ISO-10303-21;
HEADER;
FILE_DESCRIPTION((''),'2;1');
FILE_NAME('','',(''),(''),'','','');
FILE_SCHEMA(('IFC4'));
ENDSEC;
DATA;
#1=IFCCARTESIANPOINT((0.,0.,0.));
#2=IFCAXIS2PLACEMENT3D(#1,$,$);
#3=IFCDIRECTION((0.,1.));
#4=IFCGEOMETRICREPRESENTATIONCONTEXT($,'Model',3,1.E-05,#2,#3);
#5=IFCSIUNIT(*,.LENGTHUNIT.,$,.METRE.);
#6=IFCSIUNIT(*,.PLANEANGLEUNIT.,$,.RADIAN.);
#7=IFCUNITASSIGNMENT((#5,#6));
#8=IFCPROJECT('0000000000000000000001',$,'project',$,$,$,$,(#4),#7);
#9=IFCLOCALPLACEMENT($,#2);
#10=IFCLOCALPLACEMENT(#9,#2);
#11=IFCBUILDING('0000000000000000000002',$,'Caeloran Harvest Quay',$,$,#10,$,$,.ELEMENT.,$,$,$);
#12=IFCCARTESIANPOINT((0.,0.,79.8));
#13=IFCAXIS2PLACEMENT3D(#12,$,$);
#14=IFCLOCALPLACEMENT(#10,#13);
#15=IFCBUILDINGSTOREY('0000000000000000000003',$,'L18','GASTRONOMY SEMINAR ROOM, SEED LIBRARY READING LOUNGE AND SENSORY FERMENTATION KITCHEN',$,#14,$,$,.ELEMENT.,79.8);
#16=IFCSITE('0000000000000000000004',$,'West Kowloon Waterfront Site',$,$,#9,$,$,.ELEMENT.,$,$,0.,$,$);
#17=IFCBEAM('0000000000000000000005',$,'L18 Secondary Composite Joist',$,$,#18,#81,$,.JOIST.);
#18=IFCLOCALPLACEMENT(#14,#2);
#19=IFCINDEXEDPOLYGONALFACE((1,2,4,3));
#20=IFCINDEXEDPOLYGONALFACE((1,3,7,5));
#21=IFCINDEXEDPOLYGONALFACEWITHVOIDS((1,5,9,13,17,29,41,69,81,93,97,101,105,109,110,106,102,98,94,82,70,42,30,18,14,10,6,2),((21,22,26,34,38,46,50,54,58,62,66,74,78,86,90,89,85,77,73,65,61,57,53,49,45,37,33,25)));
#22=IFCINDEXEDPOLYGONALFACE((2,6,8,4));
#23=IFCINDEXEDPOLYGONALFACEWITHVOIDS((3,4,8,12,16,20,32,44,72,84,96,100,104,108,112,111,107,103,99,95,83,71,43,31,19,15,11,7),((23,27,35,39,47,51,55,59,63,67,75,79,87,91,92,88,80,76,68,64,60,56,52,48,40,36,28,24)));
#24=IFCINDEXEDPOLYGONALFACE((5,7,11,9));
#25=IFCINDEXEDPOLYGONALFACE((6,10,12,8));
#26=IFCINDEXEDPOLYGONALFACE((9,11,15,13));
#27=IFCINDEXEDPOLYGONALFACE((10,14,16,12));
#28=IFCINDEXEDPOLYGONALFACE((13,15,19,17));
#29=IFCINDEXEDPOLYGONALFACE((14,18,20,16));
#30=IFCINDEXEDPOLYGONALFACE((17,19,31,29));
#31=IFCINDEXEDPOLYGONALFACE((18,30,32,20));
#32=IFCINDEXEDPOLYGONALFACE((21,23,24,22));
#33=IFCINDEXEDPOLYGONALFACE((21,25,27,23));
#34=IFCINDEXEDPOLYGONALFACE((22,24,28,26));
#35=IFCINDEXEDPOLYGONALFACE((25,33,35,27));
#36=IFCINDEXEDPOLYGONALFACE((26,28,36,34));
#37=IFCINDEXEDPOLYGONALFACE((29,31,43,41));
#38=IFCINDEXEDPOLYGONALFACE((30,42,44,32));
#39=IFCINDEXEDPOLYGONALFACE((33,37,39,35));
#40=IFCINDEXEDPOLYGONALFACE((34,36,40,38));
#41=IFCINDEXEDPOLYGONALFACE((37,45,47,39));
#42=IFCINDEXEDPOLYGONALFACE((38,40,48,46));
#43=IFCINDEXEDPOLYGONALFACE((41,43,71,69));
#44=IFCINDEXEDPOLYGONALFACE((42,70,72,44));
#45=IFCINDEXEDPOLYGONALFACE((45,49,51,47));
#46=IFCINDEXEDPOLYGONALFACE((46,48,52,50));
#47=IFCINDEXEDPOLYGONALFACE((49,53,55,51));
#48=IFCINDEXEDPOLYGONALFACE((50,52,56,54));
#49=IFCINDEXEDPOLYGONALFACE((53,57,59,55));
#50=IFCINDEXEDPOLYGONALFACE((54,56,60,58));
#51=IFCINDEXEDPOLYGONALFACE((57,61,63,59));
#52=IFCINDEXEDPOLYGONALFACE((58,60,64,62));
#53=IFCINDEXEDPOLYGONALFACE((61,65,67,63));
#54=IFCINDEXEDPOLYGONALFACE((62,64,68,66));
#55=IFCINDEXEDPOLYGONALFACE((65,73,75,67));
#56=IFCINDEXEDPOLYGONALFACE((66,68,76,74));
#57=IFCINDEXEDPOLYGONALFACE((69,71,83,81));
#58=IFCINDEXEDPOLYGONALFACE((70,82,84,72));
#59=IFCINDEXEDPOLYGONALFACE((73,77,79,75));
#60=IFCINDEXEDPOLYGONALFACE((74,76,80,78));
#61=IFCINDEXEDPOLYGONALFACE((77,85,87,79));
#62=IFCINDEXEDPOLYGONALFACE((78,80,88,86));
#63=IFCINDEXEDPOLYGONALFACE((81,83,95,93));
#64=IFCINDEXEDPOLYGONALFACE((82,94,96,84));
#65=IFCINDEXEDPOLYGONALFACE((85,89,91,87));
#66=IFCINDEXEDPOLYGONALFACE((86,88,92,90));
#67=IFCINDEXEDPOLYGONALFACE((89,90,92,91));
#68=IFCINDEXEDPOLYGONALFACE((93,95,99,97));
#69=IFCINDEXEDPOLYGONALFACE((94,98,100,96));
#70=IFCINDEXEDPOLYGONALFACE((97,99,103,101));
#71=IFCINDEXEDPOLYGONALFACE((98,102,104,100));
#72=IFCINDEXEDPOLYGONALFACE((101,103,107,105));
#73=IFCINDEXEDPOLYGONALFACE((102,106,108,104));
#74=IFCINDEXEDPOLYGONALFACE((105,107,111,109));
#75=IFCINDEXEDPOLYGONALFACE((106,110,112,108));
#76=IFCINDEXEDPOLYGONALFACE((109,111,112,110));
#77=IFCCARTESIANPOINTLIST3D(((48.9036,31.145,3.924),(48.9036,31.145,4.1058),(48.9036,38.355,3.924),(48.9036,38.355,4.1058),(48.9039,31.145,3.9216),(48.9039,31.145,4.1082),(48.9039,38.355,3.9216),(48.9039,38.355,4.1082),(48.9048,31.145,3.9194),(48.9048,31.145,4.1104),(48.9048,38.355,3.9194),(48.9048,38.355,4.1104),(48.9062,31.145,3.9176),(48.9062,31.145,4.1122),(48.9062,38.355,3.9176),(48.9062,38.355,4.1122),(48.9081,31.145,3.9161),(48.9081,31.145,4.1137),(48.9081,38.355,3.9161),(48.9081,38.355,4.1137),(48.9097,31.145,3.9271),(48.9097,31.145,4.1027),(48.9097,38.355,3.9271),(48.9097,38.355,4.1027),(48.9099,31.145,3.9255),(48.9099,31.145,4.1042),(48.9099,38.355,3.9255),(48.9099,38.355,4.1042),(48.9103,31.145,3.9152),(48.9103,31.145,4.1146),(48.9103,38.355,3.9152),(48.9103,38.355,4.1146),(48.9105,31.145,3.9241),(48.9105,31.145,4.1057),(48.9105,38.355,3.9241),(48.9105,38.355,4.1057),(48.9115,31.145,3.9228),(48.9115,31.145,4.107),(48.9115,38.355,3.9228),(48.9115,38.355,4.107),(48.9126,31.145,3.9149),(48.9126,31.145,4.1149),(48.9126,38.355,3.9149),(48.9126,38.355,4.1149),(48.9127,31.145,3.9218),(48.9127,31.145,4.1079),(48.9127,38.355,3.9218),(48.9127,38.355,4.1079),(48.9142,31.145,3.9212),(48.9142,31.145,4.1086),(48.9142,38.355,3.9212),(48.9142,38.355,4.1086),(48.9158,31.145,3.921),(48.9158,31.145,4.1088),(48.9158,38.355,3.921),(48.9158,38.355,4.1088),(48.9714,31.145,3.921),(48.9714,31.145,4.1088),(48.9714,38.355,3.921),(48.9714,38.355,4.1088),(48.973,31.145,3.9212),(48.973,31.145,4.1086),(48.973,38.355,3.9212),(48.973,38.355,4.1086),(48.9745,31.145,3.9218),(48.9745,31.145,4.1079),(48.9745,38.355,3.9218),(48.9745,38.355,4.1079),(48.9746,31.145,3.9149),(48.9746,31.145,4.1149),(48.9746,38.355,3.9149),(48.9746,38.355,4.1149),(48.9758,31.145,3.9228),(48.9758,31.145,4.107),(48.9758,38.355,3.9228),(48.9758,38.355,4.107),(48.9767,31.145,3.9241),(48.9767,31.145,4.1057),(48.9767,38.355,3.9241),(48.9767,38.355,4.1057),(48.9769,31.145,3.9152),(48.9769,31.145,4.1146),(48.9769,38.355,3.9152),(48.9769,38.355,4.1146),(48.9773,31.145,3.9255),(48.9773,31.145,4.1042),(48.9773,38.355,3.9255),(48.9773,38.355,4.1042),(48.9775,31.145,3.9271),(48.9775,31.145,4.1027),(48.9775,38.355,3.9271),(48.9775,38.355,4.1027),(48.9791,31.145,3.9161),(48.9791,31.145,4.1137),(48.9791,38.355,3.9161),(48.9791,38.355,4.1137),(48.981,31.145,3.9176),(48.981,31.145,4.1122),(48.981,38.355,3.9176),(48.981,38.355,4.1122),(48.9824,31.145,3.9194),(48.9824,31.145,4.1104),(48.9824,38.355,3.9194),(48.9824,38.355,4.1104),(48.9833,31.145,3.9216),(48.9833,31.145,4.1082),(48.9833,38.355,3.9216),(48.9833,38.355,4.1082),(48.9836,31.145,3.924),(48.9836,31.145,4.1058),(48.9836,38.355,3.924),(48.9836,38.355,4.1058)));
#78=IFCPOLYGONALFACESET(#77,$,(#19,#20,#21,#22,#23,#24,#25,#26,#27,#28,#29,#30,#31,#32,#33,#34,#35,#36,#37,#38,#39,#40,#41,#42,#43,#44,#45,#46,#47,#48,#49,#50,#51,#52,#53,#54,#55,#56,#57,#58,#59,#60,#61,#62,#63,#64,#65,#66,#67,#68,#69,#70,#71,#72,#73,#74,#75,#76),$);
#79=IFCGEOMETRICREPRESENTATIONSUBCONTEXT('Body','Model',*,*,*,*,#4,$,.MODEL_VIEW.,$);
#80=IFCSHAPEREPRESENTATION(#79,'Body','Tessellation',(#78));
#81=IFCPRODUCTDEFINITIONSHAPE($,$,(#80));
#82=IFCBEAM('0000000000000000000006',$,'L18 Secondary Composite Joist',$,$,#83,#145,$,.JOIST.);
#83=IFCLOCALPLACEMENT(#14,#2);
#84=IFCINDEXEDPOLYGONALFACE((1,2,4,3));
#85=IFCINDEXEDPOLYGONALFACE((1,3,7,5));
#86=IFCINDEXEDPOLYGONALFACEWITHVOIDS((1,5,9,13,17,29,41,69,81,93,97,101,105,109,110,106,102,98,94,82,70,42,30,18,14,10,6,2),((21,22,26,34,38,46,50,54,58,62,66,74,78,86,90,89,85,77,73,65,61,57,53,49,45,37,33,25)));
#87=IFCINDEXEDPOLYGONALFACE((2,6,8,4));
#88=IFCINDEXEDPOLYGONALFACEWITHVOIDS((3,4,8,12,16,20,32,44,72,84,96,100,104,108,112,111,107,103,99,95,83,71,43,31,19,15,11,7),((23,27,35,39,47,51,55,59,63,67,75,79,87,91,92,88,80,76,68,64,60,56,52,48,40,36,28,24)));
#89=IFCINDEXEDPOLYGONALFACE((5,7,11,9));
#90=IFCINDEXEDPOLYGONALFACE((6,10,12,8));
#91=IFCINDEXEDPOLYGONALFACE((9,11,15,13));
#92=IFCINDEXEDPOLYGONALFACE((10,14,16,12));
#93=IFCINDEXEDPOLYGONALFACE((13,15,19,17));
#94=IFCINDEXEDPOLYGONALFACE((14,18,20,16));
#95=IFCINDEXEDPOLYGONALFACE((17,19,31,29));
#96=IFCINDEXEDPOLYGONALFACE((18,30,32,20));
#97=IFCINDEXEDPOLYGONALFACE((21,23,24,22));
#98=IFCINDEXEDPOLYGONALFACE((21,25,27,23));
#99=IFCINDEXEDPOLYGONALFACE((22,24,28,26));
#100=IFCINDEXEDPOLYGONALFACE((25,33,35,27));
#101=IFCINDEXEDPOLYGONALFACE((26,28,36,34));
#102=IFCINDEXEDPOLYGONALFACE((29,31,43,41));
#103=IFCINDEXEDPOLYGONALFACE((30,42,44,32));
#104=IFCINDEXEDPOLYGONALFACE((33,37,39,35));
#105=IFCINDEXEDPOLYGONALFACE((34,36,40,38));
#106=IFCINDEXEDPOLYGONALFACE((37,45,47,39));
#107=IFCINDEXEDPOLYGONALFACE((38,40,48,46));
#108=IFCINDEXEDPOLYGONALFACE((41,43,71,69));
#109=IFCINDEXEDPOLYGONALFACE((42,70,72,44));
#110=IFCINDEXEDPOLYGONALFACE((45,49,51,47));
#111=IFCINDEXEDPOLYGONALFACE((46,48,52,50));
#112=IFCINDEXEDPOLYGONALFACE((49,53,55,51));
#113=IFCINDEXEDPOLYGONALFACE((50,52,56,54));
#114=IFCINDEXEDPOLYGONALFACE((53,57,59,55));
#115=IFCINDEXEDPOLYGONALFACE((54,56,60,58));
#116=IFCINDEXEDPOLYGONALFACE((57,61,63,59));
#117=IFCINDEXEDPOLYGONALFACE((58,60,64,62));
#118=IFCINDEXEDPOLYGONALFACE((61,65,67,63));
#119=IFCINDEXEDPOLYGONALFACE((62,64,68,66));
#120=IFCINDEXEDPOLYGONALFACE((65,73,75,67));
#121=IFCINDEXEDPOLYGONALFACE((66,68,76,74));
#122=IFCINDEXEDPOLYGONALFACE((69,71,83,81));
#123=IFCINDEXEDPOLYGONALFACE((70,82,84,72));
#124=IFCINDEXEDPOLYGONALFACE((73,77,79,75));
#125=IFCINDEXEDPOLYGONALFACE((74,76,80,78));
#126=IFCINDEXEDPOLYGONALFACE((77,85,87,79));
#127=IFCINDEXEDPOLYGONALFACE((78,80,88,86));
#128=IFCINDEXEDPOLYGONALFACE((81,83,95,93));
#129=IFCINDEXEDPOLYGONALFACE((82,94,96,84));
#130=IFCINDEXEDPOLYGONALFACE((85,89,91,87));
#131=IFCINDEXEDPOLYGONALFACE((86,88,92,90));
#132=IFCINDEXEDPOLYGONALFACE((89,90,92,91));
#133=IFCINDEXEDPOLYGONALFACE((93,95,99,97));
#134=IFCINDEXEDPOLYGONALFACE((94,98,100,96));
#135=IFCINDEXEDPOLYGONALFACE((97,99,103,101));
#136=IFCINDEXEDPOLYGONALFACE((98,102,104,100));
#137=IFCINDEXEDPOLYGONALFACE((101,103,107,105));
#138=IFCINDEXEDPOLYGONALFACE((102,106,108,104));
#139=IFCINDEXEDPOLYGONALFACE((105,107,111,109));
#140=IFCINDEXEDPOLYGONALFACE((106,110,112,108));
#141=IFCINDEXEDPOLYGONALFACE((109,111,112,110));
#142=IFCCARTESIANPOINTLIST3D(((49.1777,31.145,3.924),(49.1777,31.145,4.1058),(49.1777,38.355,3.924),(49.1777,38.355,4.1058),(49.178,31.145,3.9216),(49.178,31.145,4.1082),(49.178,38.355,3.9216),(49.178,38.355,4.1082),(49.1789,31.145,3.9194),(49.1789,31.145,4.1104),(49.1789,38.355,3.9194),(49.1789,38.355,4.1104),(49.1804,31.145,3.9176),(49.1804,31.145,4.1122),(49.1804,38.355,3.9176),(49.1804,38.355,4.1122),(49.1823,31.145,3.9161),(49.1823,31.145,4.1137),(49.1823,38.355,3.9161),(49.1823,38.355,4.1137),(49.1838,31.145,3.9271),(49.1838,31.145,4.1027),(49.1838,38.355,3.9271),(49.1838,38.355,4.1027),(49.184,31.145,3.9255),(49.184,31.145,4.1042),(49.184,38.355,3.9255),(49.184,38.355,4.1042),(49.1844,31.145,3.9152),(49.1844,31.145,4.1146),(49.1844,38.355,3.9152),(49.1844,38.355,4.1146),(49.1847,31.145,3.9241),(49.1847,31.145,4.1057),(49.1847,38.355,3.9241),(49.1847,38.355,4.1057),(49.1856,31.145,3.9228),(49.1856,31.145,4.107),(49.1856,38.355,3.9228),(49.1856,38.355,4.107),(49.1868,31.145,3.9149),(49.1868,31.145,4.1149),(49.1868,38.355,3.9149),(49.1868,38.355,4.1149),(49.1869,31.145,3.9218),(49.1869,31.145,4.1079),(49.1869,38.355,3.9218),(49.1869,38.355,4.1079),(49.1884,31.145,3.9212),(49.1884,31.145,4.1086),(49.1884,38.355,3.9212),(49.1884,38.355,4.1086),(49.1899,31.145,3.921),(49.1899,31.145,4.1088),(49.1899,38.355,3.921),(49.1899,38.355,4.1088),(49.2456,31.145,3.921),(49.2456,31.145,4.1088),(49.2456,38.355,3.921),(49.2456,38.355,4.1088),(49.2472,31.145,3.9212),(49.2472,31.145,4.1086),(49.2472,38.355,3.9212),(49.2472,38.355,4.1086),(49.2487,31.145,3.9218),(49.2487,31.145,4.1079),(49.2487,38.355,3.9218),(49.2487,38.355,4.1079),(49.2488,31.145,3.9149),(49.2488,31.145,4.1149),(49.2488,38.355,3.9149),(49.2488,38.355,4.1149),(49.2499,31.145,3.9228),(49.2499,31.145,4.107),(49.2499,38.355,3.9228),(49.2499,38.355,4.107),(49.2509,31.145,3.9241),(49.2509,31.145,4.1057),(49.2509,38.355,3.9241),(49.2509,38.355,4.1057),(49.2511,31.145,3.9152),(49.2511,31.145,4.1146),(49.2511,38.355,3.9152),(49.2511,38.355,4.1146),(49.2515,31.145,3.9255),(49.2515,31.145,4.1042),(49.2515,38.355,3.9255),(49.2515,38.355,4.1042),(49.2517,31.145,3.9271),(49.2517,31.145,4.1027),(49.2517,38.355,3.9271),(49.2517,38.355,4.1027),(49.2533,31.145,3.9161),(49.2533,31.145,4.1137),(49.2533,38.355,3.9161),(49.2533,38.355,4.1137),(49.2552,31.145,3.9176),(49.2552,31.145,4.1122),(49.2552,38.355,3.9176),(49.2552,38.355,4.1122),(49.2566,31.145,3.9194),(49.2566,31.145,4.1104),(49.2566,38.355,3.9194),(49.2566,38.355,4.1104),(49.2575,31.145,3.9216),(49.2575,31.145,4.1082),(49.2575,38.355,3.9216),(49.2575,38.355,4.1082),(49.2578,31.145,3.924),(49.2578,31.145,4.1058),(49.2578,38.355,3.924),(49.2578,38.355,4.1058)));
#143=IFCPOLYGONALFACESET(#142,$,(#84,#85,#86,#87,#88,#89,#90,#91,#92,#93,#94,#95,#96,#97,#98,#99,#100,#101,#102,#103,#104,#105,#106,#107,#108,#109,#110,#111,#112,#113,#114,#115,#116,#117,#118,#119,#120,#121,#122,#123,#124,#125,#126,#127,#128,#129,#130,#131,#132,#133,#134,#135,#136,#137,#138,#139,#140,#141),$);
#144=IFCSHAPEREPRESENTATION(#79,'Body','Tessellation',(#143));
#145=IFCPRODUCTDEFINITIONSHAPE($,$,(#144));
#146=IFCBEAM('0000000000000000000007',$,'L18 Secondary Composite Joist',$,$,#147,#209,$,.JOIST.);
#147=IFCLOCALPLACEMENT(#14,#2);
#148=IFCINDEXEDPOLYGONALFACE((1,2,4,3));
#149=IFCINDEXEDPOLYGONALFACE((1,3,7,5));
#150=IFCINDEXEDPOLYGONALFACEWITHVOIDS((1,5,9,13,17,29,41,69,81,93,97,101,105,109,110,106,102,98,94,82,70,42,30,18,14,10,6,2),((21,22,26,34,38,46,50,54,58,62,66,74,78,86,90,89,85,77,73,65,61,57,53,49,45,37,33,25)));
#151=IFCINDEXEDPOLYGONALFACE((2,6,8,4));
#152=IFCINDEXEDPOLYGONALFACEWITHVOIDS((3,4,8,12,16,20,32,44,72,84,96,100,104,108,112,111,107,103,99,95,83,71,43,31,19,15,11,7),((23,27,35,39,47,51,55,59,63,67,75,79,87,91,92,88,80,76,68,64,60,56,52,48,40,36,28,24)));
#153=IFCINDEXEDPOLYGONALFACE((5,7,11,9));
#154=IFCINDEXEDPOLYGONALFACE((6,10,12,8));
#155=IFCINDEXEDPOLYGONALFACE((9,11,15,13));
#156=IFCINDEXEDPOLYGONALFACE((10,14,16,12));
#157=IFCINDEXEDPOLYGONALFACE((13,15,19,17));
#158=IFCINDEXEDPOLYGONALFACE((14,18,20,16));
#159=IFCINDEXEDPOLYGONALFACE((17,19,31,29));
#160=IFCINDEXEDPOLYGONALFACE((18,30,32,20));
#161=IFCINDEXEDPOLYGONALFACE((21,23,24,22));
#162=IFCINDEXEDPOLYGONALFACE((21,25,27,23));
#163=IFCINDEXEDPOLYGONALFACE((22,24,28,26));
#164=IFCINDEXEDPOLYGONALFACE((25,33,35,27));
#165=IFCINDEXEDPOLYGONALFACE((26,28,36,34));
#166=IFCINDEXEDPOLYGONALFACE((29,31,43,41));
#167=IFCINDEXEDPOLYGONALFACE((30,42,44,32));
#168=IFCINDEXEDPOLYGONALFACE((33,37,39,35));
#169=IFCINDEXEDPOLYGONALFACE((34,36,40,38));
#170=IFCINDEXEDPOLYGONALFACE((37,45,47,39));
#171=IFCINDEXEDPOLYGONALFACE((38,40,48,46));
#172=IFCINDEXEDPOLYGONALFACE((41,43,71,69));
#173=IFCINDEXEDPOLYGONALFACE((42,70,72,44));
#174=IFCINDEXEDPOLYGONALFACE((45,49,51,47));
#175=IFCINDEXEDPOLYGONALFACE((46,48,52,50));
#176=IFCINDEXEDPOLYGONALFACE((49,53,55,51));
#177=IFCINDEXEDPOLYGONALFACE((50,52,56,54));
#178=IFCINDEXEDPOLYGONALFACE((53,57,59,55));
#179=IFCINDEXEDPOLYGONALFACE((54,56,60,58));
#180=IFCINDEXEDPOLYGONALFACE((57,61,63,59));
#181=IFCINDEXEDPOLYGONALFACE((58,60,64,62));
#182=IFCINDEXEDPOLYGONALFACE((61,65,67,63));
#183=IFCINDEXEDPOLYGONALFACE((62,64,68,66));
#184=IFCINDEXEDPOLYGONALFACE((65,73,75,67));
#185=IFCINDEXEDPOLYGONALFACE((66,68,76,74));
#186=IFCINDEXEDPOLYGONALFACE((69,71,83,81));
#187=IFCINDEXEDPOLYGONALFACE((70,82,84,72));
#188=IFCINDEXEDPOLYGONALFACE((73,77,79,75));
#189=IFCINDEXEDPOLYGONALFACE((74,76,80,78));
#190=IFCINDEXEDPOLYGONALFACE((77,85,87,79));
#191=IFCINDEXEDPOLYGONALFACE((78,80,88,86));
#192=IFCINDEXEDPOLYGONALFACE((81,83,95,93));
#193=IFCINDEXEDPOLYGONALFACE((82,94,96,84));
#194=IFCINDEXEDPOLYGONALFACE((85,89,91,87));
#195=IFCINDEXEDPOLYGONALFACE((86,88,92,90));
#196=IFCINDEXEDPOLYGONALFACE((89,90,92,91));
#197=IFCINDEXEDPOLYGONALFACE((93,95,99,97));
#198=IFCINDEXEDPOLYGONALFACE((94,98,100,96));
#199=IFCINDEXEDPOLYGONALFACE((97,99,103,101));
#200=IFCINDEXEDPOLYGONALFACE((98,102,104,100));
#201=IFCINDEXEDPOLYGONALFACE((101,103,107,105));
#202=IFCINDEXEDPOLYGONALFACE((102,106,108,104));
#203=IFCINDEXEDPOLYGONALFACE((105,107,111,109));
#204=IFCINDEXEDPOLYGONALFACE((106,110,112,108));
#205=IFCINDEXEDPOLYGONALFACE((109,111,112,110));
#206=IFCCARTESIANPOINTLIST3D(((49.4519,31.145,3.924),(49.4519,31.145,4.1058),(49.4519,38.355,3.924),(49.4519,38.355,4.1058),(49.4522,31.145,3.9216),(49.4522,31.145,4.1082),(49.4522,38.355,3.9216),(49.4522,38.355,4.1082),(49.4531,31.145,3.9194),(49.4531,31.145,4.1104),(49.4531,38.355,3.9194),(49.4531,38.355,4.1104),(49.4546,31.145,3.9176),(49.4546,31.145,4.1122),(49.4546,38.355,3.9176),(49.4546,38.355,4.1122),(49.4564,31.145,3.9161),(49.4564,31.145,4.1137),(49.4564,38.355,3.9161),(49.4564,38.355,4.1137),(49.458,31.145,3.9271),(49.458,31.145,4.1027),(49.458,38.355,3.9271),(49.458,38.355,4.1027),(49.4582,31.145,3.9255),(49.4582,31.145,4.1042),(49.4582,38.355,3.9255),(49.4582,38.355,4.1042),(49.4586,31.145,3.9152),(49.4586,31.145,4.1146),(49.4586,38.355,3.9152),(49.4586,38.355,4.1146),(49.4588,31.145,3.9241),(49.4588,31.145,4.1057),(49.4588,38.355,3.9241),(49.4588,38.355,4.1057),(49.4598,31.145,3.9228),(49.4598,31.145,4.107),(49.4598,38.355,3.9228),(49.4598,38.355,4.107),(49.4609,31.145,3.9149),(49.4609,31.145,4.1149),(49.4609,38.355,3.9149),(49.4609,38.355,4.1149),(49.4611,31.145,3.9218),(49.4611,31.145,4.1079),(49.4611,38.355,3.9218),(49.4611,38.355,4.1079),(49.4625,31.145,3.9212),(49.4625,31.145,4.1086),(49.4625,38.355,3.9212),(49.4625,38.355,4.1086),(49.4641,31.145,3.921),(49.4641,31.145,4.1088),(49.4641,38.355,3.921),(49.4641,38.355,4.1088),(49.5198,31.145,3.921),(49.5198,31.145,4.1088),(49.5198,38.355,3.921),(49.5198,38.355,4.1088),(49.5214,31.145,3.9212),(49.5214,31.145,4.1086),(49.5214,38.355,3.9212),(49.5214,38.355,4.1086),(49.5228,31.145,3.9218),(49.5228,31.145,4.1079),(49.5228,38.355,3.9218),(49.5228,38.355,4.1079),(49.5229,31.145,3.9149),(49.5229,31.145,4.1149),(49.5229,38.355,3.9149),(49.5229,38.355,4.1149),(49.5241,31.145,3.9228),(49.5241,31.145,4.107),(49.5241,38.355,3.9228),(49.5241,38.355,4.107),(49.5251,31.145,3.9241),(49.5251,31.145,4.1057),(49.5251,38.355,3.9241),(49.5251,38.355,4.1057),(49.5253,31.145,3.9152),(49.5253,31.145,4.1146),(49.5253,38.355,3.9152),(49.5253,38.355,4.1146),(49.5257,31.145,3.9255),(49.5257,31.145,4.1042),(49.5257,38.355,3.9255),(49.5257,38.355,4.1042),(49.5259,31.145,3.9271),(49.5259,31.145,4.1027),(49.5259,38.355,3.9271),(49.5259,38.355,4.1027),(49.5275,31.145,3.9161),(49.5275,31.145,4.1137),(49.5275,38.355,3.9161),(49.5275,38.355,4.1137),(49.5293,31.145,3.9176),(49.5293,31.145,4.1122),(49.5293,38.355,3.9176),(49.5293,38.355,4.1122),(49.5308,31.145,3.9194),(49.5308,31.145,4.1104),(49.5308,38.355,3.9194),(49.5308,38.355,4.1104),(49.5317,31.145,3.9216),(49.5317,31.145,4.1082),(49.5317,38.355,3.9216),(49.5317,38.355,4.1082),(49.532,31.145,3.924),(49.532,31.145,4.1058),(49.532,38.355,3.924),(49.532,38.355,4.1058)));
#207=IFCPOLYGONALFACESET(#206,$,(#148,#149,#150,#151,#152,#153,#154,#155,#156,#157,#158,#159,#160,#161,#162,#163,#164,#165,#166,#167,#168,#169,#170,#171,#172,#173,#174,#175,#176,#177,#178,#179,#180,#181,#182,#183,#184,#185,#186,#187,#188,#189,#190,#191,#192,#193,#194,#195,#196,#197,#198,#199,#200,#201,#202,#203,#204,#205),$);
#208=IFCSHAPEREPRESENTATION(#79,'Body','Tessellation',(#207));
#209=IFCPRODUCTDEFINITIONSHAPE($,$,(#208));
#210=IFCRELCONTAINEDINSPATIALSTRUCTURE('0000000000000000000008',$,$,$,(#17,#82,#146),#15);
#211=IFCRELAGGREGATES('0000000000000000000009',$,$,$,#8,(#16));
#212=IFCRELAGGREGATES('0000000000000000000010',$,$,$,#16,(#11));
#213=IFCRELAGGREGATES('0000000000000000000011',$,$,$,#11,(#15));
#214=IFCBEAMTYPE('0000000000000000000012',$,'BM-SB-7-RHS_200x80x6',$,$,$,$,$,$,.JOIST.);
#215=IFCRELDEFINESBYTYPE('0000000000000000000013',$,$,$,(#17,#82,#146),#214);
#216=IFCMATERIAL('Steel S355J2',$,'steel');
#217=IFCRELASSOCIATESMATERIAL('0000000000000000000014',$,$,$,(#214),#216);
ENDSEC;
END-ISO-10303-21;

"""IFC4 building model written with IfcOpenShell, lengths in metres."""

from ifc_helpers import new_model, si_unit, direction, frame, origin, origin_2d, place, context, subcontext, project, spatial, hollow_rectangle, extrude, material, material_profile, profile_set, type_object, element, save


model = new_model("IFC4")

# Units and contexts
model_context = context("Model", 3, precision=1e-05, world=origin(), true_north=direction((0.0, 1.0)))
body_context = subcontext(model_context, "Body", "Model", "MODEL_VIEW")
ifc_project = project(units=[si_unit("LENGTHUNIT", "METRE"), si_unit("PLANEANGLEUNIT", "RADIAN")], contexts=[model_context])

# Site, building, storey
site_placement = place(None, origin())
site = spatial("IfcSite", under=ifc_project, at=site_placement, Name="West Kowloon Waterfront Site", CompositionType="ELEMENT", RefElevation=0.0)
building_placement = place(site_placement, origin())
building = spatial("IfcBuilding", under=site, at=building_placement, Name="Caeloran Harvest Quay", CompositionType="ELEMENT")
storey_placement = place(building_placement, frame((0.0, 0.0, 79.8)))
storey = spatial("IfcBuildingStorey", under=building, at=storey_placement, Name="L18", Description="GASTRONOMY SEMINAR ROOM, SEED LIBRARY READING LOUNGE AND SENSORY FERMENTATION KITCHEN", CompositionType="ELEMENT", Elevation=79.8)

# Beams
ifc_material_1 = material(Name="Steel S355J2", Category="steel")
ifc_material_profile_1 = material_profile(ifc_material_1, hollow_rectangle(XDim=0.0801, YDim=0.2, WallThickness=0.0061, InnerFilletRadius=0.0061, OuterFilletRadius=0.009, at=origin_2d()), Name="RHS 200x80x6")
ifc_profile_set_1 = profile_set([ifc_material_profile_1], Name="Steel S355J2")
beam_type_1 = type_object("IfcBeamType", Name="BM-SB-7-RHS_200x80x6", PredefinedType="JOIST", material=ifc_profile_set_1)
for number, where, z_axis, x_axis, name in (
    (1, (48.9436, 31.145, 4.0149), (0.0, 1.0, 0.0), (-1.0, 0.0, 0.0), "L18 Secondary Composite Joist"),
    (2, (49.2178, 31.145, 4.0149), (0.0, 1.0, 0.0), (-1.0, 0.0, 0.0), "L18 Secondary Composite Joist"),
    (3, (49.4919, 31.145, 4.0149), (0.0, 1.0, 0.0), (-1.0, 0.0, 0.0), "L18 Secondary Composite Joist"),
):
    element("IfcBeam", number, at=place(storey_placement, frame(where, z_axis=z_axis, x_axis=x_axis)), inside=storey, type_object=beam_type_1, Name=name, PredefinedType="JOIST", context=body_context, shape_type="SweptSolid", body=[
        extrude(hollow_rectangle(XDim=0.0801, YDim=0.2, WallThickness=0.0061, InnerFilletRadius=0.0061, OuterFilletRadius=0.009, at=origin_2d()), origin(), (0.0, 0.0, 1.0), 7.21),
    ])

save(model, "model.ifc")
